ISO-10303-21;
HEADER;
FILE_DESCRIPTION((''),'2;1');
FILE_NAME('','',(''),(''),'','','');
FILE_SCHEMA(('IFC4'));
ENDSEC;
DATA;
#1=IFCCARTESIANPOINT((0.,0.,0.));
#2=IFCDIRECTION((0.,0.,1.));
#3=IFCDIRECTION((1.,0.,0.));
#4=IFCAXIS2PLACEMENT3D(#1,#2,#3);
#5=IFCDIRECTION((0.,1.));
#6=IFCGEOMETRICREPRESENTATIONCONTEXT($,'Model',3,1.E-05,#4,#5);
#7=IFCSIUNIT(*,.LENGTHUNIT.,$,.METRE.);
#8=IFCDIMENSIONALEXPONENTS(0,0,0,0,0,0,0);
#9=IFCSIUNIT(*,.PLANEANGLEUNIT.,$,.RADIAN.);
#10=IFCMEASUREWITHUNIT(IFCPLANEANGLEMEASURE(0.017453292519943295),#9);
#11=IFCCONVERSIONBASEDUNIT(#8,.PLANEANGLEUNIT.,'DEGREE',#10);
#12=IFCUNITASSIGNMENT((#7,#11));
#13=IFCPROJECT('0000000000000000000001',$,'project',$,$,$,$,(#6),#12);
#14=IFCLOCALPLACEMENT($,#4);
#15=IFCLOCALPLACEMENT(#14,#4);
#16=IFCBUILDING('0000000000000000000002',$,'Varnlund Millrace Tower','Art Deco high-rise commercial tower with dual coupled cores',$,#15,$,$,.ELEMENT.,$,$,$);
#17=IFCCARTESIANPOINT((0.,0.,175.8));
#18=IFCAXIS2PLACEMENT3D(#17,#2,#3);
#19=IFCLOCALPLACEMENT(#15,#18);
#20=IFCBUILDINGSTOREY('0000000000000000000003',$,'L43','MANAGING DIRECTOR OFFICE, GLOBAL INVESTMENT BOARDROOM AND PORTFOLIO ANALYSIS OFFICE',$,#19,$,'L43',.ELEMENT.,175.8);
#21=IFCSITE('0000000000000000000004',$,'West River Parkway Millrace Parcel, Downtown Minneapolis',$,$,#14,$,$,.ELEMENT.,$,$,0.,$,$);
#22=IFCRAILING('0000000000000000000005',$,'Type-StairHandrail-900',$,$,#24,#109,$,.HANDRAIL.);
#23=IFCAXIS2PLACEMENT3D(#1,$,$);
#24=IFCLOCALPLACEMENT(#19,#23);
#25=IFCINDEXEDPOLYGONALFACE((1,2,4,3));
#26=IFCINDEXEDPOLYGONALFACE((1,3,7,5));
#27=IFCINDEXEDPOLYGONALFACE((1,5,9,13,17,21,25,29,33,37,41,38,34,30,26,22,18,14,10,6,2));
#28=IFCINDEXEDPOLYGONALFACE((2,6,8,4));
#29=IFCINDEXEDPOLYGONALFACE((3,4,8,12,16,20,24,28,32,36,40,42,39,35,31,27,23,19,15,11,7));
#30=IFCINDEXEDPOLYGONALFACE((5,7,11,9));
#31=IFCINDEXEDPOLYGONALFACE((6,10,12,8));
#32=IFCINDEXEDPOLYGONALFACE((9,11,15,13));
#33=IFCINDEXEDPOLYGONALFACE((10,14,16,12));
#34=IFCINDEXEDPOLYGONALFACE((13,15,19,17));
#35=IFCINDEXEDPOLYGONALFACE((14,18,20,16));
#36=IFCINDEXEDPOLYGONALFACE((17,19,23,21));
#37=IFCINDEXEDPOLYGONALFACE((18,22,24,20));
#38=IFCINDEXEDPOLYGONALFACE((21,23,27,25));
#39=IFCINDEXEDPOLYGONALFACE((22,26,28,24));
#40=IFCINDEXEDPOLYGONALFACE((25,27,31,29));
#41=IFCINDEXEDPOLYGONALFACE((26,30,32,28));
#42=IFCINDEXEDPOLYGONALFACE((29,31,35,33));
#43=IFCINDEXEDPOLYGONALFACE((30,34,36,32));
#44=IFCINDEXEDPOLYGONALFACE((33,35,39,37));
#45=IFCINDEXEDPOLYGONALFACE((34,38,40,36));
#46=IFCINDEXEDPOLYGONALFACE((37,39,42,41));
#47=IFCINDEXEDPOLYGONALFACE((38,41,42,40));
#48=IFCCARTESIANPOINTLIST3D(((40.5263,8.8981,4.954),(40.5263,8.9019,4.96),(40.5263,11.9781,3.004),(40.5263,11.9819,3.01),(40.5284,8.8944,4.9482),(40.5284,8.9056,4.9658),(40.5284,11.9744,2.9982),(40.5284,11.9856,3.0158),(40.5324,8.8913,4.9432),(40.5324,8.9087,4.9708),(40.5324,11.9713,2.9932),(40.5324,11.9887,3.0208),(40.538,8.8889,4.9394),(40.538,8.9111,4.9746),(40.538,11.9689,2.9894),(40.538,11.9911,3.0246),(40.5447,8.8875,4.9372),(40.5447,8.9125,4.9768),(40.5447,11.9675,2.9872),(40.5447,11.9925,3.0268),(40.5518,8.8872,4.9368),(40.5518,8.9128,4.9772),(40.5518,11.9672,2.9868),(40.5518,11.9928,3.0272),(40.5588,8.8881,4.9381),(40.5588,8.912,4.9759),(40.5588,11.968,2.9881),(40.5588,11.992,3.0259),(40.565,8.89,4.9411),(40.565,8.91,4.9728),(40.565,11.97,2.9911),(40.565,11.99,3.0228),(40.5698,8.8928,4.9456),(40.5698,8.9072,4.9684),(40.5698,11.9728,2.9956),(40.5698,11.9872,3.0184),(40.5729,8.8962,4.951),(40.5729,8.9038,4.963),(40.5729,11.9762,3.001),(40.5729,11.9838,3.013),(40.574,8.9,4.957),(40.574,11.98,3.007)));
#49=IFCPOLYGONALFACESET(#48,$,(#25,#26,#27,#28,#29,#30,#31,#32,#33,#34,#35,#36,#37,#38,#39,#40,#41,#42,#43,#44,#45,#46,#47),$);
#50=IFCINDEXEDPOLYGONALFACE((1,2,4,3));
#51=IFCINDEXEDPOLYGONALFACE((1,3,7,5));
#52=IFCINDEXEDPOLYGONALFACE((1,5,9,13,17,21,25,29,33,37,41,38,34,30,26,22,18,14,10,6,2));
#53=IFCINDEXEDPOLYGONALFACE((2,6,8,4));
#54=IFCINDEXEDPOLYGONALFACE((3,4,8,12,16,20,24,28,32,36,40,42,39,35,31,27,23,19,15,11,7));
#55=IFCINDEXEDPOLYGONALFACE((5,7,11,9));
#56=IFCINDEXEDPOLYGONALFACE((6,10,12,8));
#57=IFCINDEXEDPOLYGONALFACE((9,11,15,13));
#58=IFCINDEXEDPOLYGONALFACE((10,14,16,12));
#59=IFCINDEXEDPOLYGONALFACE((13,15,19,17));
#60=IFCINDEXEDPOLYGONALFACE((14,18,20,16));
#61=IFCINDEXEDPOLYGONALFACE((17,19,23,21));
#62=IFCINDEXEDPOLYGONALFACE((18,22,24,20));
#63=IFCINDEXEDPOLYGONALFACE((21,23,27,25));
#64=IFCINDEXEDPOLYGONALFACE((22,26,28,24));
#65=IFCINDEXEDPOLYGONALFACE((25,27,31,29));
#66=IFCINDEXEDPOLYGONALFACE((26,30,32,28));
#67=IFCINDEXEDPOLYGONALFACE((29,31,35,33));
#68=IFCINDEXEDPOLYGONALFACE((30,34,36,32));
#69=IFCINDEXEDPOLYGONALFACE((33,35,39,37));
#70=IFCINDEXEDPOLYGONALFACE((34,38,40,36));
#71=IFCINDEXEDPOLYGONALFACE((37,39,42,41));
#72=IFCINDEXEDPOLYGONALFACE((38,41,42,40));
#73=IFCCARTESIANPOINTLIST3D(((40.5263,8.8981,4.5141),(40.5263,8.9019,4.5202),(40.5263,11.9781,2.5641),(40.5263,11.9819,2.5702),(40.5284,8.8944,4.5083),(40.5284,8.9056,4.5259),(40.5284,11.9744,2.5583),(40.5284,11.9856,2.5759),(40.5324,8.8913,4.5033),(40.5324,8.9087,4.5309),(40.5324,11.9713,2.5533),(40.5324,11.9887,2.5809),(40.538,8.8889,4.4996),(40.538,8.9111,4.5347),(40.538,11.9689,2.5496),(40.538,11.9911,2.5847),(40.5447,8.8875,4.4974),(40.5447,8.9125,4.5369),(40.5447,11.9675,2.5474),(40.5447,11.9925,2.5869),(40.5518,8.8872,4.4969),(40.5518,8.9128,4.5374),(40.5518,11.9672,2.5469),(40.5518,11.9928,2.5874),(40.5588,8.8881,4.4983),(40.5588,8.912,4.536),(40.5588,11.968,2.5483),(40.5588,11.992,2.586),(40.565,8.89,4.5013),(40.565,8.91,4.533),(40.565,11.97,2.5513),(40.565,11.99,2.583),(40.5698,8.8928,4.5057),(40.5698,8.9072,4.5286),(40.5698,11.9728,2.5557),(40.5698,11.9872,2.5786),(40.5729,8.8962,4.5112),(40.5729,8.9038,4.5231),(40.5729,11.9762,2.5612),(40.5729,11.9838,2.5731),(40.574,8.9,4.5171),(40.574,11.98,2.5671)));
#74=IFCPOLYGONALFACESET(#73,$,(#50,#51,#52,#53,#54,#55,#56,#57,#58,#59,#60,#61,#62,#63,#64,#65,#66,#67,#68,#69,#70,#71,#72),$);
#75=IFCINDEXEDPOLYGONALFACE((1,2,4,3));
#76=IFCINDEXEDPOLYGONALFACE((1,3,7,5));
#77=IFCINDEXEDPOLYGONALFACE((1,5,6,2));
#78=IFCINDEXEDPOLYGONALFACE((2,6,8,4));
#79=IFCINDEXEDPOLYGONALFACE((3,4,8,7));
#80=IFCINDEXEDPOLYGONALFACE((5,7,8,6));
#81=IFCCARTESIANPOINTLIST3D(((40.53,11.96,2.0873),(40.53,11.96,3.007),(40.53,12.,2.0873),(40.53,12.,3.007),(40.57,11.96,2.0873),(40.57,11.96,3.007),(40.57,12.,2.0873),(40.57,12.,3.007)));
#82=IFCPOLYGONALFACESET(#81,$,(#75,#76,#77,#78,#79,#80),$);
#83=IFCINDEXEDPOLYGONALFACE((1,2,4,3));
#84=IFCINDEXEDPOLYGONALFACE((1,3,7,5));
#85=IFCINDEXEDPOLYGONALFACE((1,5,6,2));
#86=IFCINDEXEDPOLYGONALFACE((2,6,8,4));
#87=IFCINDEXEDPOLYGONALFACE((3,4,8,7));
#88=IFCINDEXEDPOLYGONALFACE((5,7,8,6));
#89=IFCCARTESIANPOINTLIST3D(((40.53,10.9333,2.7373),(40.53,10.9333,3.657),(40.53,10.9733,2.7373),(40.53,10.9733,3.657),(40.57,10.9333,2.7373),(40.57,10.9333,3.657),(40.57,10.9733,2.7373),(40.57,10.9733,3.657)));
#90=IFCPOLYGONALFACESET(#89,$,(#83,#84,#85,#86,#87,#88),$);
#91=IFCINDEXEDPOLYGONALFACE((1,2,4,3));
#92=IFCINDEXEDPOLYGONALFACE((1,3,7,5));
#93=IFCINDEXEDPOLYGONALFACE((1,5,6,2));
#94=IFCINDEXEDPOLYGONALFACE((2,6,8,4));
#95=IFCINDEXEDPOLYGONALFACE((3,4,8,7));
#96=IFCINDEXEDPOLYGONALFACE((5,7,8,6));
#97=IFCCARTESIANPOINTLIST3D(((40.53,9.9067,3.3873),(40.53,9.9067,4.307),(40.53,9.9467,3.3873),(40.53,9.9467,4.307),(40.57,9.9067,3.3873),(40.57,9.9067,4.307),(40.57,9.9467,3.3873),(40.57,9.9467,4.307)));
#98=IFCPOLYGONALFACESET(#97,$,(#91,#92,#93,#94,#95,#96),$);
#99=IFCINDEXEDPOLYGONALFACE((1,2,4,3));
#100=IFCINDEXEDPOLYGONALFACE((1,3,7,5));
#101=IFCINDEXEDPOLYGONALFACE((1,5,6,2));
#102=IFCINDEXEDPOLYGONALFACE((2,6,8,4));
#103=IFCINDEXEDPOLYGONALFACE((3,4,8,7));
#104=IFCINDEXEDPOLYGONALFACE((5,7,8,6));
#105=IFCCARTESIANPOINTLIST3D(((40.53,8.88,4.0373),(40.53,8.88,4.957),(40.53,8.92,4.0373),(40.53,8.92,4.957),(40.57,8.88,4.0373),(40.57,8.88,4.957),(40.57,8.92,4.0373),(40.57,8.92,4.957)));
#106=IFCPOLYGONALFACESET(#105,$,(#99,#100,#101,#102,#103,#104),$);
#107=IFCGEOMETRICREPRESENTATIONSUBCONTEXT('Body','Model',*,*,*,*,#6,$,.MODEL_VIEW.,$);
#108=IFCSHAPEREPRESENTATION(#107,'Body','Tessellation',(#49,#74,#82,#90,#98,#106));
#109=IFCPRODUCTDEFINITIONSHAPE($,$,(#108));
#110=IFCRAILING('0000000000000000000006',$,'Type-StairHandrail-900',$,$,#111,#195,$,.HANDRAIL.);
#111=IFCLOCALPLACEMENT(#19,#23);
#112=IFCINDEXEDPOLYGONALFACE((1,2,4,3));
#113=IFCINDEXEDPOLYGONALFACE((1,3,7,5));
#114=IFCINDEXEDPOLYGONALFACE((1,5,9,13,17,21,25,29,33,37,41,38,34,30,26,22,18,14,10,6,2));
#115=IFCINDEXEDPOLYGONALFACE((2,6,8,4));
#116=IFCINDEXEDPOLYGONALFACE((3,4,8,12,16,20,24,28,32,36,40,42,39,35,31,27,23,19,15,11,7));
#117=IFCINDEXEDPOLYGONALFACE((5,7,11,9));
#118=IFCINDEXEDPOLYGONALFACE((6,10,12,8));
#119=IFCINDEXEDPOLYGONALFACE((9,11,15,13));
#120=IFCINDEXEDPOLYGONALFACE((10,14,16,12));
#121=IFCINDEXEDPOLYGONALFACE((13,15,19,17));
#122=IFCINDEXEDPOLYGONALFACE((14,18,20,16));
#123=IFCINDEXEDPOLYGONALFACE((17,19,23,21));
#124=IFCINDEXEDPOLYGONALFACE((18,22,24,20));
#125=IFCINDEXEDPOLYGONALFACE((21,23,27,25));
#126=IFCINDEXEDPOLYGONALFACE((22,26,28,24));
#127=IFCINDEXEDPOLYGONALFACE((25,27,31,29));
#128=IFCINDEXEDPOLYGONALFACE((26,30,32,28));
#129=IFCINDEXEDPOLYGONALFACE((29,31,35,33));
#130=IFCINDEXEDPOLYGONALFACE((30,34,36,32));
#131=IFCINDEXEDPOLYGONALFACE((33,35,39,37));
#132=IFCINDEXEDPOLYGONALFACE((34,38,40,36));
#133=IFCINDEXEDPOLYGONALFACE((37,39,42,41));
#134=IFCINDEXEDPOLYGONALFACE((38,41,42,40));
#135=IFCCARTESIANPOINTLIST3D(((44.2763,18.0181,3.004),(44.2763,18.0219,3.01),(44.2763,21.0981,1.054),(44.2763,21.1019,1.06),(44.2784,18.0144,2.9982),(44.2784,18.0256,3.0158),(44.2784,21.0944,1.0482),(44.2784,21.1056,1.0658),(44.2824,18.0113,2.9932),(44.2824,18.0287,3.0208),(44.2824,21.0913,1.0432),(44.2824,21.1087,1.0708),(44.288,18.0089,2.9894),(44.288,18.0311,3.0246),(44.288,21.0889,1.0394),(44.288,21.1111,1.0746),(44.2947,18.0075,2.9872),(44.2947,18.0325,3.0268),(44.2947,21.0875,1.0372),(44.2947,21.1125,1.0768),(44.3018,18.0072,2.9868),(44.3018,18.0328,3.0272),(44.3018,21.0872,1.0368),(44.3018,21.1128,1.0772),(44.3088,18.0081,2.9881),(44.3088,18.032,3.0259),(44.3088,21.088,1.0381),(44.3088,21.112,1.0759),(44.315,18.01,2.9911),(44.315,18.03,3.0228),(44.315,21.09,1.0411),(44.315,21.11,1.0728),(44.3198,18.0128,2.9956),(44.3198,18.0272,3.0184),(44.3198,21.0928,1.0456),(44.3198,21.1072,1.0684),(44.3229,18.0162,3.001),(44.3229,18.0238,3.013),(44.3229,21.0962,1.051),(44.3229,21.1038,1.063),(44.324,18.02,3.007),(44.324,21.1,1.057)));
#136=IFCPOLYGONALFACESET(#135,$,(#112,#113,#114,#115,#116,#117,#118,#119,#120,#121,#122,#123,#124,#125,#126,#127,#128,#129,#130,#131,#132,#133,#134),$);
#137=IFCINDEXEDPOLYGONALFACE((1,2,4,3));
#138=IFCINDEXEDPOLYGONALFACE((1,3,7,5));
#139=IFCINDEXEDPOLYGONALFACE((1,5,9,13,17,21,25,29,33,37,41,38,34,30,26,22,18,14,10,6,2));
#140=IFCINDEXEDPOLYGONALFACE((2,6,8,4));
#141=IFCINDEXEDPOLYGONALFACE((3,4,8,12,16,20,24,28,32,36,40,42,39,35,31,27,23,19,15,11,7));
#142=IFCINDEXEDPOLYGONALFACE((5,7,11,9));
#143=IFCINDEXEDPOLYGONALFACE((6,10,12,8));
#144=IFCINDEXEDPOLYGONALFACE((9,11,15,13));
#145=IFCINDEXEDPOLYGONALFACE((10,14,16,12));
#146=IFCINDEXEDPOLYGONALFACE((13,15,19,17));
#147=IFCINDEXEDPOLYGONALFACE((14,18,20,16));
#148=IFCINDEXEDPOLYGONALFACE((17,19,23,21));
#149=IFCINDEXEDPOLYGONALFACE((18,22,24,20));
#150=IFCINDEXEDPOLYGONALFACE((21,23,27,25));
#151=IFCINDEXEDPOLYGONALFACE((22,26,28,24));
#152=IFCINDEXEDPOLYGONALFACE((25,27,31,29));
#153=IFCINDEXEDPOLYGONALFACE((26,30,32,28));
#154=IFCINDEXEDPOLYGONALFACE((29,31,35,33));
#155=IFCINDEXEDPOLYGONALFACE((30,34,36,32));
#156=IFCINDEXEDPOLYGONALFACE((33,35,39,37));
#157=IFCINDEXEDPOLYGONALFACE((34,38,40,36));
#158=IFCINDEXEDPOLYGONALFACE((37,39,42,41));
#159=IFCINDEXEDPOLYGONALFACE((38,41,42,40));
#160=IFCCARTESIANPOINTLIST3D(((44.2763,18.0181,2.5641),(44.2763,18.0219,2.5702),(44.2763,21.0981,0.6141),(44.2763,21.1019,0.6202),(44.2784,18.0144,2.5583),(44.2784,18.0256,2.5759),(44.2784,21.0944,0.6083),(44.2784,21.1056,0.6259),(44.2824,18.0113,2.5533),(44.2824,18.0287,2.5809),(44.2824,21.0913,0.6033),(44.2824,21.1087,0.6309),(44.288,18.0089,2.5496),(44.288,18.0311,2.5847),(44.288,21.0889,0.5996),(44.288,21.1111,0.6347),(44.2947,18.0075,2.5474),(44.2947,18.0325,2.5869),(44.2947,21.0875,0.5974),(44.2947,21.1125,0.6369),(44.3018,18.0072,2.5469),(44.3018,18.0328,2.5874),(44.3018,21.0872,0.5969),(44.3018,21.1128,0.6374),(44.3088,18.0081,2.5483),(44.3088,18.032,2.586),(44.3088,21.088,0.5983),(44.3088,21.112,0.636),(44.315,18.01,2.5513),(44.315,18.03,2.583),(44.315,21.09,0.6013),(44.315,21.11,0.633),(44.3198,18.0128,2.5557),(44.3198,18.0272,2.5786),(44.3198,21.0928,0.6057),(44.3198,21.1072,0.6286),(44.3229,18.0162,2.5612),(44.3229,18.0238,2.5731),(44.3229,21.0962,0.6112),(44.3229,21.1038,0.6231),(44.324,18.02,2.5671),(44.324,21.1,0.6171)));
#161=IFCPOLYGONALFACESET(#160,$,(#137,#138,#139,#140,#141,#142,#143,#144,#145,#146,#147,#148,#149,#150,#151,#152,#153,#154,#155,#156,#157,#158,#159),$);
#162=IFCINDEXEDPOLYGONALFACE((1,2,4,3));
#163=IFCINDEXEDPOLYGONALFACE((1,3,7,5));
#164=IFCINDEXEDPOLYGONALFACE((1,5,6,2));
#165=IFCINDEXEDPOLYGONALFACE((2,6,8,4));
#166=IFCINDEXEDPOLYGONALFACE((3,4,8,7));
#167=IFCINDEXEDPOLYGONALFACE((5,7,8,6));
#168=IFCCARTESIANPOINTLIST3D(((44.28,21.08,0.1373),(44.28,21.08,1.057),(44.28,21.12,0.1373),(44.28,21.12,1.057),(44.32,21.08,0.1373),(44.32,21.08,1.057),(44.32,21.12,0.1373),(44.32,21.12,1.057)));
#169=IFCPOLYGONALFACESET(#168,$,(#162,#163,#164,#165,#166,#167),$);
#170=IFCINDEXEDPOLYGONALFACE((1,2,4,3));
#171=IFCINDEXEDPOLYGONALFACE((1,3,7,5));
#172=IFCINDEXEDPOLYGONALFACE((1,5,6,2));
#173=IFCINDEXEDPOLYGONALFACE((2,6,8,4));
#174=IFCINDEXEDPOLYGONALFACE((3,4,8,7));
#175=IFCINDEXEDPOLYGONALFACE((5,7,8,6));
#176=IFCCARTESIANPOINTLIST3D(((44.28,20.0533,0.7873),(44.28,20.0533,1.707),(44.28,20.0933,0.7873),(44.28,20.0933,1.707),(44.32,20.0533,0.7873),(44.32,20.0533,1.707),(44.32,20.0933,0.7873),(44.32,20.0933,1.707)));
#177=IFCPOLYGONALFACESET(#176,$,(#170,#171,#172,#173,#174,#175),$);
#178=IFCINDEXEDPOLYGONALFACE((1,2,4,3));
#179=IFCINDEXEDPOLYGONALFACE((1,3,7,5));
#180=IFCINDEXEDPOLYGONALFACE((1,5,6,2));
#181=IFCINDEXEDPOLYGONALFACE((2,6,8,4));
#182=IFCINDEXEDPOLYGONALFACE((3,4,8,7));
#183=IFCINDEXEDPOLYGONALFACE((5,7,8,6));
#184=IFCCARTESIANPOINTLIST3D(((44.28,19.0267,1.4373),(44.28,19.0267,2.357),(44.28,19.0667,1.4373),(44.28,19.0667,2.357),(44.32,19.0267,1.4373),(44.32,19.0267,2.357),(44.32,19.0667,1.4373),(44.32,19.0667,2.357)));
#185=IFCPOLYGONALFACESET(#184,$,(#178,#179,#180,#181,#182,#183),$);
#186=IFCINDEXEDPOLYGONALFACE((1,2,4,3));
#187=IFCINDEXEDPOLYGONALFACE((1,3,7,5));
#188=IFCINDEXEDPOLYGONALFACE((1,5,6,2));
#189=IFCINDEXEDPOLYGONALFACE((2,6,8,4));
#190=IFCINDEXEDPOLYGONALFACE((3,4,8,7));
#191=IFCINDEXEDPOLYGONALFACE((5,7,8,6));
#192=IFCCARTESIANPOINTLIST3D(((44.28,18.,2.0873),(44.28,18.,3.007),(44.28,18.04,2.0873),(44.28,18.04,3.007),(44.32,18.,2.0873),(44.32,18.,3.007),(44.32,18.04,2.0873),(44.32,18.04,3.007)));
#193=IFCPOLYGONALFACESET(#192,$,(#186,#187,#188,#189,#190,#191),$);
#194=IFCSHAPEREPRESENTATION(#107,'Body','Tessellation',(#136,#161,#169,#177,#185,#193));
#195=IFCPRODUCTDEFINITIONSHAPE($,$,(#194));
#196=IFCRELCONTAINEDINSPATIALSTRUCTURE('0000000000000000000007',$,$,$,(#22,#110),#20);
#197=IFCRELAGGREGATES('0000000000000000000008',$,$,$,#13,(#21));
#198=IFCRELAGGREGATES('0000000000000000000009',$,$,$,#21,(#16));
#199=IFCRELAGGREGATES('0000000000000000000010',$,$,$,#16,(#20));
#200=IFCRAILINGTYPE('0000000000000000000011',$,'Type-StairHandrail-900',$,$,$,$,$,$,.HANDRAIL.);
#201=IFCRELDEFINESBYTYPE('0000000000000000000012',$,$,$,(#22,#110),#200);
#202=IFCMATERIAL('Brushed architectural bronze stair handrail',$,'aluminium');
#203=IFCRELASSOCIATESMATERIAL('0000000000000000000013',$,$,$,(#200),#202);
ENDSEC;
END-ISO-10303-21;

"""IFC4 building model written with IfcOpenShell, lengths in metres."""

from ifc_helpers import new_model, entity, si_unit, converted_unit, direction, frame, origin_with_axes, origin_2d_with_axis, place, context, subcontext, project, spatial, rectangle, circle, extrude, material, type_object, element, save


model = new_model("IFC4")

# Units and contexts
model_context = context("Model", 3, precision=1e-05, world=origin_with_axes(), true_north=direction((0.0, 1.0)))
body_context = subcontext(model_context, "Body", "Model", "MODEL_VIEW")
ifc_project = project(units=[si_unit("LENGTHUNIT", "METRE"), converted_unit("PLANEANGLEUNIT", "DEGREE", entity("IfcPlaneAngleMeasure", 0.017453292519943295), si_unit("PLANEANGLEUNIT", "RADIAN"), dimensions=[0, 0, 0, 0, 0, 0, 0])], contexts=[model_context])

# Site, building, storey
site_placement = place(None, origin_with_axes())
site = spatial("IfcSite", under=ifc_project, at=site_placement, Name="West River Parkway Millrace Parcel, Downtown Minneapolis", CompositionType="ELEMENT", RefElevation=0.0)
building_placement = place(site_placement, origin_with_axes())
building = spatial("IfcBuilding", under=site, at=building_placement, Name="Varnlund Millrace Tower", Description="Art Deco high-rise commercial tower with dual coupled cores", CompositionType="ELEMENT")
storey_placement = place(building_placement, frame((0.0, 0.0, 175.8), z_axis=(0.0, 0.0, 1.0), x_axis=(1.0, 0.0, 0.0)))
storey = spatial("IfcBuildingStorey", under=building, at=storey_placement, Name="L43", Description="MANAGING DIRECTOR OFFICE, GLOBAL INVESTMENT BOARDROOM AND PORTFOLIO ANALYSIS OFFICE", LongName="L43", CompositionType="ELEMENT", Elevation=175.8)

# Railings
ifc_material_1 = material(Name="Brushed architectural bronze stair handrail", Category="aluminium")
railing_type_1 = type_object("IfcRailingType", Name="Type-StairHandrail-900", PredefinedType="HANDRAIL", material=ifc_material_1)
railing_1_placement = place(storey_placement, frame((0.0, 0.0, -175.8), z_axis=(0.0, 0.0, 1.0), x_axis=(1.0, 0.0, 0.0)))
element("IfcRailing", 1, at=railing_1_placement, inside=storey, type_object=railing_type_1, Name="Type-StairHandrail-900", PredefinedType="HANDRAIL", context=body_context, shape_type="SweptSolid", body=[
    extrude(circle(Radius=0.024, at=origin_2d_with_axis()), frame((40.55, 11.98, 178.807), z_axis=(0.0, -0.844902, 0.534922), x_axis=(1.0, 0.0, 0.0)), (0.0, 0.0, 1.0), 3.6454),
    extrude(circle(Radius=0.024, at=origin_2d_with_axis()), frame((40.55, 11.98, 178.3671), z_axis=(0.0, -0.844902, 0.534922), x_axis=(1.0, 0.0, 0.0)), (0.0, 0.0, 1.0), 3.6454),
    extrude(rectangle(XDim=0.04, YDim=0.04, at=origin_2d_with_axis()), frame((40.55, 11.98, 177.8873), z_axis=(0.0, 0.0, 1.0), x_axis=(1.0, 0.0, 0.0)), (0.0, 0.0, 1.0), 0.9197),
    extrude(rectangle(XDim=0.04, YDim=0.04, at=origin_2d_with_axis()), frame((40.55, 10.9533, 178.5373), z_axis=(0.0, 0.0, 1.0), x_axis=(1.0, 0.0, 0.0)), (0.0, 0.0, 1.0), 0.9197),
    extrude(rectangle(XDim=0.04, YDim=0.04, at=origin_2d_with_axis()), frame((40.55, 9.9267, 179.1873), z_axis=(0.0, 0.0, 1.0), x_axis=(1.0, 0.0, 0.0)), (0.0, 0.0, 1.0), 0.9197),
    extrude(rectangle(XDim=0.04, YDim=0.04, at=origin_2d_with_axis()), frame((40.55, 8.9, 179.8373), z_axis=(0.0, 0.0, 1.0), x_axis=(1.0, 0.0, 0.0)), (0.0, 0.0, 1.0), 0.9197),
])
railing_2_placement = place(storey_placement, frame((0.0, 0.0, -175.8), z_axis=(0.0, 0.0, 1.0), x_axis=(1.0, 0.0, 0.0)))
element("IfcRailing", 2, at=railing_2_placement, inside=storey, type_object=railing_type_1, Name="Type-StairHandrail-900", PredefinedType="HANDRAIL", context=body_context, shape_type="SweptSolid", body=[
    extrude(circle(Radius=0.024, at=origin_2d_with_axis()), frame((44.3, 21.1, 176.857), z_axis=(0.0, -0.844902, 0.534922), x_axis=(1.0, 0.0, 0.0)), (0.0, 0.0, 1.0), 3.6454),
    extrude(circle(Radius=0.024, at=origin_2d_with_axis()), frame((44.3, 21.1, 176.4171), z_axis=(0.0, -0.844902, 0.534922), x_axis=(1.0, 0.0, 0.0)), (0.0, 0.0, 1.0), 3.6454),
    extrude(rectangle(XDim=0.04, YDim=0.04, at=origin_2d_with_axis()), frame((44.3, 21.1, 175.9373), z_axis=(0.0, 0.0, 1.0), x_axis=(1.0, 0.0, 0.0)), (0.0, 0.0, 1.0), 0.9197),
    extrude(rectangle(XDim=0.04, YDim=0.04, at=origin_2d_with_axis()), frame((44.3, 20.0733, 176.5873), z_axis=(0.0, 0.0, 1.0), x_axis=(1.0, 0.0, 0.0)), (0.0, 0.0, 1.0), 0.9197),
    extrude(rectangle(XDim=0.04, YDim=0.04, at=origin_2d_with_axis()), frame((44.3, 19.0467, 177.2373), z_axis=(0.0, 0.0, 1.0), x_axis=(1.0, 0.0, 0.0)), (0.0, 0.0, 1.0), 0.9197),
    extrude(rectangle(XDim=0.04, YDim=0.04, at=origin_2d_with_axis()), frame((44.3, 18.02, 177.8873), z_axis=(0.0, 0.0, 1.0), x_axis=(1.0, 0.0, 0.0)), (0.0, 0.0, 1.0), 0.9197),
])

save(model, "model.ifc")
